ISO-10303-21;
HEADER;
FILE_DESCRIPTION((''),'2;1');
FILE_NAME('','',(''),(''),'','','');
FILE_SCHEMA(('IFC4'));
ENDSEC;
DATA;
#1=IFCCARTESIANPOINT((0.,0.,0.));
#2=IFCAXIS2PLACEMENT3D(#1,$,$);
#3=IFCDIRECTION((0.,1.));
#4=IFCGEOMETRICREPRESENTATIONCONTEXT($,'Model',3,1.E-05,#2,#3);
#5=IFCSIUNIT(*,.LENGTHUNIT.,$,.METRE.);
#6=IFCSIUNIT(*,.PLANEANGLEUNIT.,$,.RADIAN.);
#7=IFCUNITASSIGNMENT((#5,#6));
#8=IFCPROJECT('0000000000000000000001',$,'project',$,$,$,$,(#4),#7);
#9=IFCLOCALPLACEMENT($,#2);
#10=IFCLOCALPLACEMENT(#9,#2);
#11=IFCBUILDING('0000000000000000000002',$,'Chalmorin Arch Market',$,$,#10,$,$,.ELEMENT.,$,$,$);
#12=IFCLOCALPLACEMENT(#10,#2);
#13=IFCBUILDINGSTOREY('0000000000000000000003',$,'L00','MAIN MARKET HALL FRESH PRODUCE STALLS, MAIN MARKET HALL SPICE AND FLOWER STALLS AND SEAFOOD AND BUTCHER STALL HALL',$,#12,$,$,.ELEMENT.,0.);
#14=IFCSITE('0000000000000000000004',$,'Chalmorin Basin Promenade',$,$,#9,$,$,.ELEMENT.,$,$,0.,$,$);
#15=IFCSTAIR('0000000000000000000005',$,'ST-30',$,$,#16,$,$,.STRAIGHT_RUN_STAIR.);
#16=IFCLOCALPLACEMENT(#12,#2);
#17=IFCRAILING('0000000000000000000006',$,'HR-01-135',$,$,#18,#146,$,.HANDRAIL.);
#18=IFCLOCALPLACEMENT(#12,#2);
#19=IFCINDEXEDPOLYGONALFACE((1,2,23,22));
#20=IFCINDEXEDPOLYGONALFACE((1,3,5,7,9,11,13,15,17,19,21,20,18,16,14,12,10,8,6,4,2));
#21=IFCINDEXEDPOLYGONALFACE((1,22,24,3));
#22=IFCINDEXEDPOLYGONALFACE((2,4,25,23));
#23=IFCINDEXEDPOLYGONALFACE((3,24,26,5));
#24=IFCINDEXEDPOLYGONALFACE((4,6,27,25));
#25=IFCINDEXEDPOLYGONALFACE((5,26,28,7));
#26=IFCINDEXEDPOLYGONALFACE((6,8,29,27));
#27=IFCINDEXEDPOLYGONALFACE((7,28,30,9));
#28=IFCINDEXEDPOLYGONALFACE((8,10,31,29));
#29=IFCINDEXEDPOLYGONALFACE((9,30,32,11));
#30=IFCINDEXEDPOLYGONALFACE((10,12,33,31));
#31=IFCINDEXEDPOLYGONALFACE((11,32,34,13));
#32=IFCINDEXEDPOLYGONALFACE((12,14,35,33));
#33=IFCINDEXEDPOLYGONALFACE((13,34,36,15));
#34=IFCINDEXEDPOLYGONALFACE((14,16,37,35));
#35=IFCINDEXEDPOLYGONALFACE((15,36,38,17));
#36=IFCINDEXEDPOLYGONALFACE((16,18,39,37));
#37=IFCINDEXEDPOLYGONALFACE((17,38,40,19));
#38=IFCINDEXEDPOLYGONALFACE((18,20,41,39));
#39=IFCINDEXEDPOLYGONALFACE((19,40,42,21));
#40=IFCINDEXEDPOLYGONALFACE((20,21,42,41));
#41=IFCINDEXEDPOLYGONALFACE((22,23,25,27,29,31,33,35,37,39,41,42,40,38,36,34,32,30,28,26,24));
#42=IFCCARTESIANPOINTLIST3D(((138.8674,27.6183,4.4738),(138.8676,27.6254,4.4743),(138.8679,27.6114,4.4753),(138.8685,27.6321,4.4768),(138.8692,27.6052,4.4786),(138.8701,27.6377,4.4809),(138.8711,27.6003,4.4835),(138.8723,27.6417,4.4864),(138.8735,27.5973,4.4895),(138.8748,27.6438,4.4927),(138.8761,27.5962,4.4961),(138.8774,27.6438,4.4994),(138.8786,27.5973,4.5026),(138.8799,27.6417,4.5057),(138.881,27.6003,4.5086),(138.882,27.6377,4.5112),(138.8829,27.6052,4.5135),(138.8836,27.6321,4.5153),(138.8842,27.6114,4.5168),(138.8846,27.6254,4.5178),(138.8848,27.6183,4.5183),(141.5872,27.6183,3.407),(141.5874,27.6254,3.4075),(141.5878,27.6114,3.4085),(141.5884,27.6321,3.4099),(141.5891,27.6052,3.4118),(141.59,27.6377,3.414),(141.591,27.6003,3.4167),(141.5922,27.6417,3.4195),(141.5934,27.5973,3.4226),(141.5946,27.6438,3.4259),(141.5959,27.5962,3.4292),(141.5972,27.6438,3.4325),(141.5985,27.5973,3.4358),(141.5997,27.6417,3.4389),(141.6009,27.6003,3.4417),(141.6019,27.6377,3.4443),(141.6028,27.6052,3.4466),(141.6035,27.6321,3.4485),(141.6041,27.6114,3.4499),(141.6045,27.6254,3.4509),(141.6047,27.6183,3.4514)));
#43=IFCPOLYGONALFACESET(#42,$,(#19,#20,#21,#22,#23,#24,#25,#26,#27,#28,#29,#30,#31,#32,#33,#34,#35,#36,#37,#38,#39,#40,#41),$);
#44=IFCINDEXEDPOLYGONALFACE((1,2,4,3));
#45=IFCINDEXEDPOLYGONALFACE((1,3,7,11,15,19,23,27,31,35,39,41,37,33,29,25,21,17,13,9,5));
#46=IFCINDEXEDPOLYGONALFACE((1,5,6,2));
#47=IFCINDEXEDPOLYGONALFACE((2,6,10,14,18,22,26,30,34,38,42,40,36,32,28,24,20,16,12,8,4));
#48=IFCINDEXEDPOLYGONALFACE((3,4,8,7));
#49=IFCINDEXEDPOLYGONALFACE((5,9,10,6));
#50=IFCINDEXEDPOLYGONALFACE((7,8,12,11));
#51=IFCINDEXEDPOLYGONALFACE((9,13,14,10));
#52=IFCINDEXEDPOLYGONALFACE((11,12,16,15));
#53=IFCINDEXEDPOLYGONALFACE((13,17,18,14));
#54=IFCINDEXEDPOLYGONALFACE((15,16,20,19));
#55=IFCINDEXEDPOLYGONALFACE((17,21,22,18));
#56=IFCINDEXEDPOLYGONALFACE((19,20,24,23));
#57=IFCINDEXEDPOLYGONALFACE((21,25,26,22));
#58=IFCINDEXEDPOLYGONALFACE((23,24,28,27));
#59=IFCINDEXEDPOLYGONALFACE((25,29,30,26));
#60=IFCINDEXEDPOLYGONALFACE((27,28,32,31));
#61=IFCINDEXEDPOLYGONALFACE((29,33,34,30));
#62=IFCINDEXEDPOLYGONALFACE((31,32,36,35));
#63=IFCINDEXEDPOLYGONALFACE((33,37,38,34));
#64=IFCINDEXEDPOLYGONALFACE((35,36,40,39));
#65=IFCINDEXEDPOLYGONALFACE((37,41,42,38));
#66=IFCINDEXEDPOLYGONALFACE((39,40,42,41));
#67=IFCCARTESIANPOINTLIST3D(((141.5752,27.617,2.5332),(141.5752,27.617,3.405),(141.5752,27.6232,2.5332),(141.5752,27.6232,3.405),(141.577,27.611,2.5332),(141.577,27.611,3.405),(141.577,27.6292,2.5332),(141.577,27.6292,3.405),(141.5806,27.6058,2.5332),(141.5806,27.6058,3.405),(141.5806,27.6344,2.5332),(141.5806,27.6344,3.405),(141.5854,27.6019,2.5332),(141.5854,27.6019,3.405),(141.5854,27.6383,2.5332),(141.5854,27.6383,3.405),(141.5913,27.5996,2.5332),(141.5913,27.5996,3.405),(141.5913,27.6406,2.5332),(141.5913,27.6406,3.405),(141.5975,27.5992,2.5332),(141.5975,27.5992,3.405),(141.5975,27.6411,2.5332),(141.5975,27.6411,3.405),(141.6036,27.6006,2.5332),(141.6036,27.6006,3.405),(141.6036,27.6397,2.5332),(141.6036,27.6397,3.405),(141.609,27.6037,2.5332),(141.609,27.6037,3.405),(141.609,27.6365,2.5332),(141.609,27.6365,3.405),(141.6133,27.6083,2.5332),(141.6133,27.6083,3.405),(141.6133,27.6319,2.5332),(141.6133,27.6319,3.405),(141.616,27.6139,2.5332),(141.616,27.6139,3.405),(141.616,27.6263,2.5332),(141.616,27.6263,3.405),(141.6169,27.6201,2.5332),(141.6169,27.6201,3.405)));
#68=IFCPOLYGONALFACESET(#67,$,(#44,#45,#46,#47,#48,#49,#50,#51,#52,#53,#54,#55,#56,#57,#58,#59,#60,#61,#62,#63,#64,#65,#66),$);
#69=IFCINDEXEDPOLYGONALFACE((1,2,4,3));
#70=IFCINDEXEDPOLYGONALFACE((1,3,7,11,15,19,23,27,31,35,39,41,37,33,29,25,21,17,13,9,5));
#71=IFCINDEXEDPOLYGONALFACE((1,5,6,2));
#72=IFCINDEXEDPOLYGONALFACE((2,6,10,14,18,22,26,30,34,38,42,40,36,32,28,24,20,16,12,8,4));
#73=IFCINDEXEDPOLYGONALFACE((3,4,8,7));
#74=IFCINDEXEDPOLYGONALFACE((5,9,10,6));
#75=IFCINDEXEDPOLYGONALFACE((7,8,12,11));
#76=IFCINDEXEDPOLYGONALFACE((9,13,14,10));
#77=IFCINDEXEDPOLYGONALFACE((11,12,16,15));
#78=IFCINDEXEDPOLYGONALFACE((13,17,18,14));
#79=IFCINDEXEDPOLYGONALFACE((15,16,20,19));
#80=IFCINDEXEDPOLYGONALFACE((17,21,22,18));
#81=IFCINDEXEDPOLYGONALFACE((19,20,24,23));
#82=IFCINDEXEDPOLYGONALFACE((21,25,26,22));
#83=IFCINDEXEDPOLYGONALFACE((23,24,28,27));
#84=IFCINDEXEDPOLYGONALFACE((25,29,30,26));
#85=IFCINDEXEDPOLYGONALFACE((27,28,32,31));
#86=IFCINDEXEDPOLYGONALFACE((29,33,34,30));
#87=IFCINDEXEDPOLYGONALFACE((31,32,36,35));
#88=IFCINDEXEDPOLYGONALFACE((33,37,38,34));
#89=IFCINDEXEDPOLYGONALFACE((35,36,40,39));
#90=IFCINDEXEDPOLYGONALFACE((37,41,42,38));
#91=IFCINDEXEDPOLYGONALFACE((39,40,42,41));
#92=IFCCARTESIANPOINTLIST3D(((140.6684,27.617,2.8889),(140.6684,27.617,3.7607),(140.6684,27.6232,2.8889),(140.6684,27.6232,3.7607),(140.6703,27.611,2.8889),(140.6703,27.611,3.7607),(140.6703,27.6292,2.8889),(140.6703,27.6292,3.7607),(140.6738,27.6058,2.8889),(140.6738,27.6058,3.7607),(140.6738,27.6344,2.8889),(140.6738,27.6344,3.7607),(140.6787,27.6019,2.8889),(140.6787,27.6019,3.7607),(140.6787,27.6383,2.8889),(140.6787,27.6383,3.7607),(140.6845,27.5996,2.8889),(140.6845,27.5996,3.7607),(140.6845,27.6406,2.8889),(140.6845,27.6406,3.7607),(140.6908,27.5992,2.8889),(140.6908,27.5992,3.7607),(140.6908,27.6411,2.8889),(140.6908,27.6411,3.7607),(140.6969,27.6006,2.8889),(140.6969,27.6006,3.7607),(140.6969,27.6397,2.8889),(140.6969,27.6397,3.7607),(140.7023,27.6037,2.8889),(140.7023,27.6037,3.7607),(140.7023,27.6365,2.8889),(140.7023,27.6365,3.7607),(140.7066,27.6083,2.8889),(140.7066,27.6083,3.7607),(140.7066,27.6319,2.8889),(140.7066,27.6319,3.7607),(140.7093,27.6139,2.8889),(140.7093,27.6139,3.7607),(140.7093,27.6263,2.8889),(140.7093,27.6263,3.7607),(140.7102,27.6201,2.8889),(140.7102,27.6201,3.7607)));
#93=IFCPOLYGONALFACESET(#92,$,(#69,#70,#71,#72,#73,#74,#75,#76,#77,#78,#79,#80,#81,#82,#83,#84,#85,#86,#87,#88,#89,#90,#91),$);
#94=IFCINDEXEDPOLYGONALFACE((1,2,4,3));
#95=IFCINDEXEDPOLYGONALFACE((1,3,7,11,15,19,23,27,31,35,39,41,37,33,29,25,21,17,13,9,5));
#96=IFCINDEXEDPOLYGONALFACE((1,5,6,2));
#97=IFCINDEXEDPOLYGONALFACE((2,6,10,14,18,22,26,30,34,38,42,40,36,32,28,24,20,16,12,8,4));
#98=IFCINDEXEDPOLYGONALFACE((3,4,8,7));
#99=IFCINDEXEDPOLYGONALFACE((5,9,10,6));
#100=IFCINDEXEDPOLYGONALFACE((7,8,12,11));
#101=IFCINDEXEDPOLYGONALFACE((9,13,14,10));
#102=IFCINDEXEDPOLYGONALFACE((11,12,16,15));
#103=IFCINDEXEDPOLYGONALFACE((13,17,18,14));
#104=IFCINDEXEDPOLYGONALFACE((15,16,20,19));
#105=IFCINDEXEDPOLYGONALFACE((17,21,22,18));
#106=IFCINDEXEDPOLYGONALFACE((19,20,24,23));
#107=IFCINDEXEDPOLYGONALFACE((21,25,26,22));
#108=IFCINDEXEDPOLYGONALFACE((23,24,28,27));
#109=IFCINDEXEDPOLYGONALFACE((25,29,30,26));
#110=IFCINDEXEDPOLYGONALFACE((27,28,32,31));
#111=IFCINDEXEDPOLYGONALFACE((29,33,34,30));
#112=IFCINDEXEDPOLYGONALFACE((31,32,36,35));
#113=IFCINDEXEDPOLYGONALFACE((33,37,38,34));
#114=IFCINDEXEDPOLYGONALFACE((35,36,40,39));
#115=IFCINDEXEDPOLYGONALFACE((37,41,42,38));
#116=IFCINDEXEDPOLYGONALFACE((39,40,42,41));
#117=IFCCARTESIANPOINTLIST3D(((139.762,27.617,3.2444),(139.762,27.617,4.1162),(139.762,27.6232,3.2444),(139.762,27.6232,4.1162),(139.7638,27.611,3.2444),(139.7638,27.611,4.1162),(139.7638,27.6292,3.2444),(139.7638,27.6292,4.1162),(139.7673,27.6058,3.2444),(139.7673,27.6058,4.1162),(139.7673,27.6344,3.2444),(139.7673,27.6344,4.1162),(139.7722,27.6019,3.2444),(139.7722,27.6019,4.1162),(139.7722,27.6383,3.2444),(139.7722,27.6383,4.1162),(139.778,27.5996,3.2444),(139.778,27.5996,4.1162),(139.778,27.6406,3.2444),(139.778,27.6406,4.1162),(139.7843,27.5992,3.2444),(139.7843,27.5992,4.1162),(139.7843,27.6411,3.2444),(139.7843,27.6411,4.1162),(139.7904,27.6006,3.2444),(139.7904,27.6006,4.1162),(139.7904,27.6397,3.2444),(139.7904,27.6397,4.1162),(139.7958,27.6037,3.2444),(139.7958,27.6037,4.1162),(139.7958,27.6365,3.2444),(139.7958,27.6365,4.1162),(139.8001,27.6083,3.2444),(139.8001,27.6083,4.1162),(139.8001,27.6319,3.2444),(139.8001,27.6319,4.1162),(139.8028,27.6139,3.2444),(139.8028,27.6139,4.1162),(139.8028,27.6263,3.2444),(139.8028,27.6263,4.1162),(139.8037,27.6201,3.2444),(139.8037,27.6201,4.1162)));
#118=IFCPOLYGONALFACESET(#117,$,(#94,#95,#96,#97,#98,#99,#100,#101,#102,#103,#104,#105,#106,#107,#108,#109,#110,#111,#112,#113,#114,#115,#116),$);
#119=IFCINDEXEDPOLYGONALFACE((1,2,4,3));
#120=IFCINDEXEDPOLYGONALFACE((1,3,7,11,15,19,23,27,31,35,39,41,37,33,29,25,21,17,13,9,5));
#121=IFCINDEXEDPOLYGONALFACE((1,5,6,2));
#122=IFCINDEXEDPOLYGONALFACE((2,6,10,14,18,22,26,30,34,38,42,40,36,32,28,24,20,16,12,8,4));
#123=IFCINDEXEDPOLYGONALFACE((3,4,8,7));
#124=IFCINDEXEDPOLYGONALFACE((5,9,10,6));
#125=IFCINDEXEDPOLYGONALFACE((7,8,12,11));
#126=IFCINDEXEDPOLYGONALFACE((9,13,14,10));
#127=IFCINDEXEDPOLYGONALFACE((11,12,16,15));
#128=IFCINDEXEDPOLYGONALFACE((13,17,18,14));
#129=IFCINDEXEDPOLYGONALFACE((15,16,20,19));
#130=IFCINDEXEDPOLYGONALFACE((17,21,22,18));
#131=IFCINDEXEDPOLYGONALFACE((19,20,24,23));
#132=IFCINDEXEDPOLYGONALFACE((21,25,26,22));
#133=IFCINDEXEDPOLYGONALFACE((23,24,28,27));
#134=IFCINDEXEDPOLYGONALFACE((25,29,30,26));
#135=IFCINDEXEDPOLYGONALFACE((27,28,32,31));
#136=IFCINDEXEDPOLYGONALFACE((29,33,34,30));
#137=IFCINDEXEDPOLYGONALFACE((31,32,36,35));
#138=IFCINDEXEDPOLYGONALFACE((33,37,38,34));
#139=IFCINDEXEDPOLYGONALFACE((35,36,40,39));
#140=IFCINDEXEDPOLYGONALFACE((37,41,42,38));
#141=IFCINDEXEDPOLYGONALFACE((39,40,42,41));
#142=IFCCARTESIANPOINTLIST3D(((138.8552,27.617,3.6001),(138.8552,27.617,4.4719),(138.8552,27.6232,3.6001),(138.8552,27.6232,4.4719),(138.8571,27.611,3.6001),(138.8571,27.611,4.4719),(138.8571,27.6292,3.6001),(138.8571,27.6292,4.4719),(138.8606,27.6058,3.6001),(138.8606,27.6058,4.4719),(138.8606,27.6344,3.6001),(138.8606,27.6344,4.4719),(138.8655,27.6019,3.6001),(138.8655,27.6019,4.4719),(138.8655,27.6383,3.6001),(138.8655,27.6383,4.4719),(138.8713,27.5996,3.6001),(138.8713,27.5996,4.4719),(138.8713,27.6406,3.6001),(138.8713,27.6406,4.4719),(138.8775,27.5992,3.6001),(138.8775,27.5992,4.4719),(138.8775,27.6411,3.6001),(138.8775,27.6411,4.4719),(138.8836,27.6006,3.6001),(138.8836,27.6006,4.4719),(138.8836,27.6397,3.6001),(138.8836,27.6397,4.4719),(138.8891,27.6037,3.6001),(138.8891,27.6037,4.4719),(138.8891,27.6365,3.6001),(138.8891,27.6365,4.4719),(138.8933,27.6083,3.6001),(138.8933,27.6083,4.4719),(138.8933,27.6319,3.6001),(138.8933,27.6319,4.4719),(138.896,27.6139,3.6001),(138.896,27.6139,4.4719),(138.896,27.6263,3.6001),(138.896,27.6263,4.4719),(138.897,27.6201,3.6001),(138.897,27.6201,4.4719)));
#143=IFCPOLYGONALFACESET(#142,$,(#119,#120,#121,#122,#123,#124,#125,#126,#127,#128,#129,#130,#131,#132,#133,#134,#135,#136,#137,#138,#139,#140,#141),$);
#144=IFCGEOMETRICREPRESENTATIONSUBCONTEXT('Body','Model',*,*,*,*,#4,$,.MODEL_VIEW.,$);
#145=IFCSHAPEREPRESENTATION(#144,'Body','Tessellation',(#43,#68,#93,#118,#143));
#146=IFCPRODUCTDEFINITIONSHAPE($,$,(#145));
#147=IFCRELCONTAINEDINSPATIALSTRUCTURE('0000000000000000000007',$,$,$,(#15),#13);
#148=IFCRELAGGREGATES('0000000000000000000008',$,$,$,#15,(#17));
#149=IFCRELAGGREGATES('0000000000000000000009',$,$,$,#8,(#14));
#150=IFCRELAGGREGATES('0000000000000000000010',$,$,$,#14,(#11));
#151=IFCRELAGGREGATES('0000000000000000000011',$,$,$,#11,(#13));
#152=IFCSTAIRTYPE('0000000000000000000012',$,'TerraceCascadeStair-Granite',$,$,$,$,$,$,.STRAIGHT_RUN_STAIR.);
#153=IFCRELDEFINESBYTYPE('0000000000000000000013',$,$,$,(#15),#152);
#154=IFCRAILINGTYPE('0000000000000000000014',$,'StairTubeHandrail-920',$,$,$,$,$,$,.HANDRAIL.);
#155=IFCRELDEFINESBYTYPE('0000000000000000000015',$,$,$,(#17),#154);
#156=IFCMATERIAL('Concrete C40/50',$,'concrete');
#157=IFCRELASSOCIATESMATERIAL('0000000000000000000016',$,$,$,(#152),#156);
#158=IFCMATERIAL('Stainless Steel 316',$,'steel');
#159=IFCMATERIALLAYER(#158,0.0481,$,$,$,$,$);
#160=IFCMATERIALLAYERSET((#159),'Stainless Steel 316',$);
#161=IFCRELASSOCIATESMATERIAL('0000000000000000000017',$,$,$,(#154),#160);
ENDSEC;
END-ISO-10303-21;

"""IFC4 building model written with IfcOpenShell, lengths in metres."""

from ifc_helpers import new_model, si_unit, direction, frame, origin, origin_2d, place, context, subcontext, project, spatial, circle, extrude, material, layer, layer_set, type_object, element, aggregate, save


model = new_model("IFC4")

# Units and contexts
model_context = context("Model", 3, precision=1e-05, world=origin(), true_north=direction((0.0, 1.0)))
body_context = subcontext(model_context, "Body", "Model", "MODEL_VIEW")
ifc_project = project(units=[si_unit("LENGTHUNIT", "METRE"), si_unit("PLANEANGLEUNIT", "RADIAN")], contexts=[model_context])

# Site, building, storey
site_placement = place(None, origin())
site = spatial("IfcSite", under=ifc_project, at=site_placement, Name="Chalmorin Basin Promenade", CompositionType="ELEMENT", RefElevation=0.0)
building_placement = place(site_placement, origin())
building = spatial("IfcBuilding", under=site, at=building_placement, Name="Chalmorin Arch Market", CompositionType="ELEMENT")
storey_placement = place(building_placement, origin())
storey = spatial("IfcBuildingStorey", under=building, at=storey_placement, Name="L00", Description="MAIN MARKET HALL FRESH PRODUCE STALLS, MAIN MARKET HALL SPICE AND FLOWER STALLS AND SEAFOOD AND BUTCHER STALL HALL", CompositionType="ELEMENT", Elevation=0.0)

# Shared definitions
ifc_material_1 = material(Name="Concrete C40/50", Category="concrete")

# Stair
stair_type = type_object("IfcStairType", Name="TerraceCascadeStair-Granite", PredefinedType="STRAIGHT_RUN_STAIR", material=ifc_material_1)
stair_1_placement = place(storey_placement, origin())
stair_1 = element("IfcStair", 1, at=stair_1_placement, inside=storey, type_object=stair_type, Name="ST-30", PredefinedType="STRAIGHT_RUN_STAIR")

# Railing
ifc_material_2 = material(Name="Stainless Steel 316", Category="steel")
ifc_layer_1 = layer(ifc_material_2, 0.0481)
ifc_layer_set_1 = layer_set([ifc_layer_1], Name="Stainless Steel 316")
railing_type_1 = type_object("IfcRailingType", Name="StairTubeHandrail-920", PredefinedType="HANDRAIL", material=ifc_layer_set_1)
railing_1_placement = place(storey_placement, frame((141.5959, 27.6201, 2.5332)))
railing_1 = element("IfcRailing", 2, at=railing_1_placement, type_object=railing_type_1, Name="HR-01-135", PredefinedType="HANDRAIL", context=body_context, shape_type="SweptSolid", body=[
    extrude(circle(Radius=0.0239, at=origin_2d()), frame((0.0, 0.0, 0.896), z_axis=(-0.930945, 0.0, 0.365159), x_axis=(0.0, -1.0, 0.0)), (0.0, 0.0, 1.0), 2.9216),
    extrude(circle(Radius=0.021, at=origin_2d()), origin(), (0.0, 0.0, 1.0), 0.8718),
    extrude(circle(Radius=0.021, at=origin_2d()), frame((-0.9067, 0.0, 0.3557)), (0.0, 0.0, 1.0), 0.8718),
    extrude(circle(Radius=0.021, at=origin_2d()), frame((-1.8132, 0.0, 0.7112)), (0.0, 0.0, 1.0), 0.8718),
    extrude(circle(Radius=0.021, at=origin_2d()), frame((-2.72, 0.0, 1.0669)), (0.0, 0.0, 1.0), 0.8718),
])
aggregate(stair_1, [railing_1])

save(model, "model.ifc")
